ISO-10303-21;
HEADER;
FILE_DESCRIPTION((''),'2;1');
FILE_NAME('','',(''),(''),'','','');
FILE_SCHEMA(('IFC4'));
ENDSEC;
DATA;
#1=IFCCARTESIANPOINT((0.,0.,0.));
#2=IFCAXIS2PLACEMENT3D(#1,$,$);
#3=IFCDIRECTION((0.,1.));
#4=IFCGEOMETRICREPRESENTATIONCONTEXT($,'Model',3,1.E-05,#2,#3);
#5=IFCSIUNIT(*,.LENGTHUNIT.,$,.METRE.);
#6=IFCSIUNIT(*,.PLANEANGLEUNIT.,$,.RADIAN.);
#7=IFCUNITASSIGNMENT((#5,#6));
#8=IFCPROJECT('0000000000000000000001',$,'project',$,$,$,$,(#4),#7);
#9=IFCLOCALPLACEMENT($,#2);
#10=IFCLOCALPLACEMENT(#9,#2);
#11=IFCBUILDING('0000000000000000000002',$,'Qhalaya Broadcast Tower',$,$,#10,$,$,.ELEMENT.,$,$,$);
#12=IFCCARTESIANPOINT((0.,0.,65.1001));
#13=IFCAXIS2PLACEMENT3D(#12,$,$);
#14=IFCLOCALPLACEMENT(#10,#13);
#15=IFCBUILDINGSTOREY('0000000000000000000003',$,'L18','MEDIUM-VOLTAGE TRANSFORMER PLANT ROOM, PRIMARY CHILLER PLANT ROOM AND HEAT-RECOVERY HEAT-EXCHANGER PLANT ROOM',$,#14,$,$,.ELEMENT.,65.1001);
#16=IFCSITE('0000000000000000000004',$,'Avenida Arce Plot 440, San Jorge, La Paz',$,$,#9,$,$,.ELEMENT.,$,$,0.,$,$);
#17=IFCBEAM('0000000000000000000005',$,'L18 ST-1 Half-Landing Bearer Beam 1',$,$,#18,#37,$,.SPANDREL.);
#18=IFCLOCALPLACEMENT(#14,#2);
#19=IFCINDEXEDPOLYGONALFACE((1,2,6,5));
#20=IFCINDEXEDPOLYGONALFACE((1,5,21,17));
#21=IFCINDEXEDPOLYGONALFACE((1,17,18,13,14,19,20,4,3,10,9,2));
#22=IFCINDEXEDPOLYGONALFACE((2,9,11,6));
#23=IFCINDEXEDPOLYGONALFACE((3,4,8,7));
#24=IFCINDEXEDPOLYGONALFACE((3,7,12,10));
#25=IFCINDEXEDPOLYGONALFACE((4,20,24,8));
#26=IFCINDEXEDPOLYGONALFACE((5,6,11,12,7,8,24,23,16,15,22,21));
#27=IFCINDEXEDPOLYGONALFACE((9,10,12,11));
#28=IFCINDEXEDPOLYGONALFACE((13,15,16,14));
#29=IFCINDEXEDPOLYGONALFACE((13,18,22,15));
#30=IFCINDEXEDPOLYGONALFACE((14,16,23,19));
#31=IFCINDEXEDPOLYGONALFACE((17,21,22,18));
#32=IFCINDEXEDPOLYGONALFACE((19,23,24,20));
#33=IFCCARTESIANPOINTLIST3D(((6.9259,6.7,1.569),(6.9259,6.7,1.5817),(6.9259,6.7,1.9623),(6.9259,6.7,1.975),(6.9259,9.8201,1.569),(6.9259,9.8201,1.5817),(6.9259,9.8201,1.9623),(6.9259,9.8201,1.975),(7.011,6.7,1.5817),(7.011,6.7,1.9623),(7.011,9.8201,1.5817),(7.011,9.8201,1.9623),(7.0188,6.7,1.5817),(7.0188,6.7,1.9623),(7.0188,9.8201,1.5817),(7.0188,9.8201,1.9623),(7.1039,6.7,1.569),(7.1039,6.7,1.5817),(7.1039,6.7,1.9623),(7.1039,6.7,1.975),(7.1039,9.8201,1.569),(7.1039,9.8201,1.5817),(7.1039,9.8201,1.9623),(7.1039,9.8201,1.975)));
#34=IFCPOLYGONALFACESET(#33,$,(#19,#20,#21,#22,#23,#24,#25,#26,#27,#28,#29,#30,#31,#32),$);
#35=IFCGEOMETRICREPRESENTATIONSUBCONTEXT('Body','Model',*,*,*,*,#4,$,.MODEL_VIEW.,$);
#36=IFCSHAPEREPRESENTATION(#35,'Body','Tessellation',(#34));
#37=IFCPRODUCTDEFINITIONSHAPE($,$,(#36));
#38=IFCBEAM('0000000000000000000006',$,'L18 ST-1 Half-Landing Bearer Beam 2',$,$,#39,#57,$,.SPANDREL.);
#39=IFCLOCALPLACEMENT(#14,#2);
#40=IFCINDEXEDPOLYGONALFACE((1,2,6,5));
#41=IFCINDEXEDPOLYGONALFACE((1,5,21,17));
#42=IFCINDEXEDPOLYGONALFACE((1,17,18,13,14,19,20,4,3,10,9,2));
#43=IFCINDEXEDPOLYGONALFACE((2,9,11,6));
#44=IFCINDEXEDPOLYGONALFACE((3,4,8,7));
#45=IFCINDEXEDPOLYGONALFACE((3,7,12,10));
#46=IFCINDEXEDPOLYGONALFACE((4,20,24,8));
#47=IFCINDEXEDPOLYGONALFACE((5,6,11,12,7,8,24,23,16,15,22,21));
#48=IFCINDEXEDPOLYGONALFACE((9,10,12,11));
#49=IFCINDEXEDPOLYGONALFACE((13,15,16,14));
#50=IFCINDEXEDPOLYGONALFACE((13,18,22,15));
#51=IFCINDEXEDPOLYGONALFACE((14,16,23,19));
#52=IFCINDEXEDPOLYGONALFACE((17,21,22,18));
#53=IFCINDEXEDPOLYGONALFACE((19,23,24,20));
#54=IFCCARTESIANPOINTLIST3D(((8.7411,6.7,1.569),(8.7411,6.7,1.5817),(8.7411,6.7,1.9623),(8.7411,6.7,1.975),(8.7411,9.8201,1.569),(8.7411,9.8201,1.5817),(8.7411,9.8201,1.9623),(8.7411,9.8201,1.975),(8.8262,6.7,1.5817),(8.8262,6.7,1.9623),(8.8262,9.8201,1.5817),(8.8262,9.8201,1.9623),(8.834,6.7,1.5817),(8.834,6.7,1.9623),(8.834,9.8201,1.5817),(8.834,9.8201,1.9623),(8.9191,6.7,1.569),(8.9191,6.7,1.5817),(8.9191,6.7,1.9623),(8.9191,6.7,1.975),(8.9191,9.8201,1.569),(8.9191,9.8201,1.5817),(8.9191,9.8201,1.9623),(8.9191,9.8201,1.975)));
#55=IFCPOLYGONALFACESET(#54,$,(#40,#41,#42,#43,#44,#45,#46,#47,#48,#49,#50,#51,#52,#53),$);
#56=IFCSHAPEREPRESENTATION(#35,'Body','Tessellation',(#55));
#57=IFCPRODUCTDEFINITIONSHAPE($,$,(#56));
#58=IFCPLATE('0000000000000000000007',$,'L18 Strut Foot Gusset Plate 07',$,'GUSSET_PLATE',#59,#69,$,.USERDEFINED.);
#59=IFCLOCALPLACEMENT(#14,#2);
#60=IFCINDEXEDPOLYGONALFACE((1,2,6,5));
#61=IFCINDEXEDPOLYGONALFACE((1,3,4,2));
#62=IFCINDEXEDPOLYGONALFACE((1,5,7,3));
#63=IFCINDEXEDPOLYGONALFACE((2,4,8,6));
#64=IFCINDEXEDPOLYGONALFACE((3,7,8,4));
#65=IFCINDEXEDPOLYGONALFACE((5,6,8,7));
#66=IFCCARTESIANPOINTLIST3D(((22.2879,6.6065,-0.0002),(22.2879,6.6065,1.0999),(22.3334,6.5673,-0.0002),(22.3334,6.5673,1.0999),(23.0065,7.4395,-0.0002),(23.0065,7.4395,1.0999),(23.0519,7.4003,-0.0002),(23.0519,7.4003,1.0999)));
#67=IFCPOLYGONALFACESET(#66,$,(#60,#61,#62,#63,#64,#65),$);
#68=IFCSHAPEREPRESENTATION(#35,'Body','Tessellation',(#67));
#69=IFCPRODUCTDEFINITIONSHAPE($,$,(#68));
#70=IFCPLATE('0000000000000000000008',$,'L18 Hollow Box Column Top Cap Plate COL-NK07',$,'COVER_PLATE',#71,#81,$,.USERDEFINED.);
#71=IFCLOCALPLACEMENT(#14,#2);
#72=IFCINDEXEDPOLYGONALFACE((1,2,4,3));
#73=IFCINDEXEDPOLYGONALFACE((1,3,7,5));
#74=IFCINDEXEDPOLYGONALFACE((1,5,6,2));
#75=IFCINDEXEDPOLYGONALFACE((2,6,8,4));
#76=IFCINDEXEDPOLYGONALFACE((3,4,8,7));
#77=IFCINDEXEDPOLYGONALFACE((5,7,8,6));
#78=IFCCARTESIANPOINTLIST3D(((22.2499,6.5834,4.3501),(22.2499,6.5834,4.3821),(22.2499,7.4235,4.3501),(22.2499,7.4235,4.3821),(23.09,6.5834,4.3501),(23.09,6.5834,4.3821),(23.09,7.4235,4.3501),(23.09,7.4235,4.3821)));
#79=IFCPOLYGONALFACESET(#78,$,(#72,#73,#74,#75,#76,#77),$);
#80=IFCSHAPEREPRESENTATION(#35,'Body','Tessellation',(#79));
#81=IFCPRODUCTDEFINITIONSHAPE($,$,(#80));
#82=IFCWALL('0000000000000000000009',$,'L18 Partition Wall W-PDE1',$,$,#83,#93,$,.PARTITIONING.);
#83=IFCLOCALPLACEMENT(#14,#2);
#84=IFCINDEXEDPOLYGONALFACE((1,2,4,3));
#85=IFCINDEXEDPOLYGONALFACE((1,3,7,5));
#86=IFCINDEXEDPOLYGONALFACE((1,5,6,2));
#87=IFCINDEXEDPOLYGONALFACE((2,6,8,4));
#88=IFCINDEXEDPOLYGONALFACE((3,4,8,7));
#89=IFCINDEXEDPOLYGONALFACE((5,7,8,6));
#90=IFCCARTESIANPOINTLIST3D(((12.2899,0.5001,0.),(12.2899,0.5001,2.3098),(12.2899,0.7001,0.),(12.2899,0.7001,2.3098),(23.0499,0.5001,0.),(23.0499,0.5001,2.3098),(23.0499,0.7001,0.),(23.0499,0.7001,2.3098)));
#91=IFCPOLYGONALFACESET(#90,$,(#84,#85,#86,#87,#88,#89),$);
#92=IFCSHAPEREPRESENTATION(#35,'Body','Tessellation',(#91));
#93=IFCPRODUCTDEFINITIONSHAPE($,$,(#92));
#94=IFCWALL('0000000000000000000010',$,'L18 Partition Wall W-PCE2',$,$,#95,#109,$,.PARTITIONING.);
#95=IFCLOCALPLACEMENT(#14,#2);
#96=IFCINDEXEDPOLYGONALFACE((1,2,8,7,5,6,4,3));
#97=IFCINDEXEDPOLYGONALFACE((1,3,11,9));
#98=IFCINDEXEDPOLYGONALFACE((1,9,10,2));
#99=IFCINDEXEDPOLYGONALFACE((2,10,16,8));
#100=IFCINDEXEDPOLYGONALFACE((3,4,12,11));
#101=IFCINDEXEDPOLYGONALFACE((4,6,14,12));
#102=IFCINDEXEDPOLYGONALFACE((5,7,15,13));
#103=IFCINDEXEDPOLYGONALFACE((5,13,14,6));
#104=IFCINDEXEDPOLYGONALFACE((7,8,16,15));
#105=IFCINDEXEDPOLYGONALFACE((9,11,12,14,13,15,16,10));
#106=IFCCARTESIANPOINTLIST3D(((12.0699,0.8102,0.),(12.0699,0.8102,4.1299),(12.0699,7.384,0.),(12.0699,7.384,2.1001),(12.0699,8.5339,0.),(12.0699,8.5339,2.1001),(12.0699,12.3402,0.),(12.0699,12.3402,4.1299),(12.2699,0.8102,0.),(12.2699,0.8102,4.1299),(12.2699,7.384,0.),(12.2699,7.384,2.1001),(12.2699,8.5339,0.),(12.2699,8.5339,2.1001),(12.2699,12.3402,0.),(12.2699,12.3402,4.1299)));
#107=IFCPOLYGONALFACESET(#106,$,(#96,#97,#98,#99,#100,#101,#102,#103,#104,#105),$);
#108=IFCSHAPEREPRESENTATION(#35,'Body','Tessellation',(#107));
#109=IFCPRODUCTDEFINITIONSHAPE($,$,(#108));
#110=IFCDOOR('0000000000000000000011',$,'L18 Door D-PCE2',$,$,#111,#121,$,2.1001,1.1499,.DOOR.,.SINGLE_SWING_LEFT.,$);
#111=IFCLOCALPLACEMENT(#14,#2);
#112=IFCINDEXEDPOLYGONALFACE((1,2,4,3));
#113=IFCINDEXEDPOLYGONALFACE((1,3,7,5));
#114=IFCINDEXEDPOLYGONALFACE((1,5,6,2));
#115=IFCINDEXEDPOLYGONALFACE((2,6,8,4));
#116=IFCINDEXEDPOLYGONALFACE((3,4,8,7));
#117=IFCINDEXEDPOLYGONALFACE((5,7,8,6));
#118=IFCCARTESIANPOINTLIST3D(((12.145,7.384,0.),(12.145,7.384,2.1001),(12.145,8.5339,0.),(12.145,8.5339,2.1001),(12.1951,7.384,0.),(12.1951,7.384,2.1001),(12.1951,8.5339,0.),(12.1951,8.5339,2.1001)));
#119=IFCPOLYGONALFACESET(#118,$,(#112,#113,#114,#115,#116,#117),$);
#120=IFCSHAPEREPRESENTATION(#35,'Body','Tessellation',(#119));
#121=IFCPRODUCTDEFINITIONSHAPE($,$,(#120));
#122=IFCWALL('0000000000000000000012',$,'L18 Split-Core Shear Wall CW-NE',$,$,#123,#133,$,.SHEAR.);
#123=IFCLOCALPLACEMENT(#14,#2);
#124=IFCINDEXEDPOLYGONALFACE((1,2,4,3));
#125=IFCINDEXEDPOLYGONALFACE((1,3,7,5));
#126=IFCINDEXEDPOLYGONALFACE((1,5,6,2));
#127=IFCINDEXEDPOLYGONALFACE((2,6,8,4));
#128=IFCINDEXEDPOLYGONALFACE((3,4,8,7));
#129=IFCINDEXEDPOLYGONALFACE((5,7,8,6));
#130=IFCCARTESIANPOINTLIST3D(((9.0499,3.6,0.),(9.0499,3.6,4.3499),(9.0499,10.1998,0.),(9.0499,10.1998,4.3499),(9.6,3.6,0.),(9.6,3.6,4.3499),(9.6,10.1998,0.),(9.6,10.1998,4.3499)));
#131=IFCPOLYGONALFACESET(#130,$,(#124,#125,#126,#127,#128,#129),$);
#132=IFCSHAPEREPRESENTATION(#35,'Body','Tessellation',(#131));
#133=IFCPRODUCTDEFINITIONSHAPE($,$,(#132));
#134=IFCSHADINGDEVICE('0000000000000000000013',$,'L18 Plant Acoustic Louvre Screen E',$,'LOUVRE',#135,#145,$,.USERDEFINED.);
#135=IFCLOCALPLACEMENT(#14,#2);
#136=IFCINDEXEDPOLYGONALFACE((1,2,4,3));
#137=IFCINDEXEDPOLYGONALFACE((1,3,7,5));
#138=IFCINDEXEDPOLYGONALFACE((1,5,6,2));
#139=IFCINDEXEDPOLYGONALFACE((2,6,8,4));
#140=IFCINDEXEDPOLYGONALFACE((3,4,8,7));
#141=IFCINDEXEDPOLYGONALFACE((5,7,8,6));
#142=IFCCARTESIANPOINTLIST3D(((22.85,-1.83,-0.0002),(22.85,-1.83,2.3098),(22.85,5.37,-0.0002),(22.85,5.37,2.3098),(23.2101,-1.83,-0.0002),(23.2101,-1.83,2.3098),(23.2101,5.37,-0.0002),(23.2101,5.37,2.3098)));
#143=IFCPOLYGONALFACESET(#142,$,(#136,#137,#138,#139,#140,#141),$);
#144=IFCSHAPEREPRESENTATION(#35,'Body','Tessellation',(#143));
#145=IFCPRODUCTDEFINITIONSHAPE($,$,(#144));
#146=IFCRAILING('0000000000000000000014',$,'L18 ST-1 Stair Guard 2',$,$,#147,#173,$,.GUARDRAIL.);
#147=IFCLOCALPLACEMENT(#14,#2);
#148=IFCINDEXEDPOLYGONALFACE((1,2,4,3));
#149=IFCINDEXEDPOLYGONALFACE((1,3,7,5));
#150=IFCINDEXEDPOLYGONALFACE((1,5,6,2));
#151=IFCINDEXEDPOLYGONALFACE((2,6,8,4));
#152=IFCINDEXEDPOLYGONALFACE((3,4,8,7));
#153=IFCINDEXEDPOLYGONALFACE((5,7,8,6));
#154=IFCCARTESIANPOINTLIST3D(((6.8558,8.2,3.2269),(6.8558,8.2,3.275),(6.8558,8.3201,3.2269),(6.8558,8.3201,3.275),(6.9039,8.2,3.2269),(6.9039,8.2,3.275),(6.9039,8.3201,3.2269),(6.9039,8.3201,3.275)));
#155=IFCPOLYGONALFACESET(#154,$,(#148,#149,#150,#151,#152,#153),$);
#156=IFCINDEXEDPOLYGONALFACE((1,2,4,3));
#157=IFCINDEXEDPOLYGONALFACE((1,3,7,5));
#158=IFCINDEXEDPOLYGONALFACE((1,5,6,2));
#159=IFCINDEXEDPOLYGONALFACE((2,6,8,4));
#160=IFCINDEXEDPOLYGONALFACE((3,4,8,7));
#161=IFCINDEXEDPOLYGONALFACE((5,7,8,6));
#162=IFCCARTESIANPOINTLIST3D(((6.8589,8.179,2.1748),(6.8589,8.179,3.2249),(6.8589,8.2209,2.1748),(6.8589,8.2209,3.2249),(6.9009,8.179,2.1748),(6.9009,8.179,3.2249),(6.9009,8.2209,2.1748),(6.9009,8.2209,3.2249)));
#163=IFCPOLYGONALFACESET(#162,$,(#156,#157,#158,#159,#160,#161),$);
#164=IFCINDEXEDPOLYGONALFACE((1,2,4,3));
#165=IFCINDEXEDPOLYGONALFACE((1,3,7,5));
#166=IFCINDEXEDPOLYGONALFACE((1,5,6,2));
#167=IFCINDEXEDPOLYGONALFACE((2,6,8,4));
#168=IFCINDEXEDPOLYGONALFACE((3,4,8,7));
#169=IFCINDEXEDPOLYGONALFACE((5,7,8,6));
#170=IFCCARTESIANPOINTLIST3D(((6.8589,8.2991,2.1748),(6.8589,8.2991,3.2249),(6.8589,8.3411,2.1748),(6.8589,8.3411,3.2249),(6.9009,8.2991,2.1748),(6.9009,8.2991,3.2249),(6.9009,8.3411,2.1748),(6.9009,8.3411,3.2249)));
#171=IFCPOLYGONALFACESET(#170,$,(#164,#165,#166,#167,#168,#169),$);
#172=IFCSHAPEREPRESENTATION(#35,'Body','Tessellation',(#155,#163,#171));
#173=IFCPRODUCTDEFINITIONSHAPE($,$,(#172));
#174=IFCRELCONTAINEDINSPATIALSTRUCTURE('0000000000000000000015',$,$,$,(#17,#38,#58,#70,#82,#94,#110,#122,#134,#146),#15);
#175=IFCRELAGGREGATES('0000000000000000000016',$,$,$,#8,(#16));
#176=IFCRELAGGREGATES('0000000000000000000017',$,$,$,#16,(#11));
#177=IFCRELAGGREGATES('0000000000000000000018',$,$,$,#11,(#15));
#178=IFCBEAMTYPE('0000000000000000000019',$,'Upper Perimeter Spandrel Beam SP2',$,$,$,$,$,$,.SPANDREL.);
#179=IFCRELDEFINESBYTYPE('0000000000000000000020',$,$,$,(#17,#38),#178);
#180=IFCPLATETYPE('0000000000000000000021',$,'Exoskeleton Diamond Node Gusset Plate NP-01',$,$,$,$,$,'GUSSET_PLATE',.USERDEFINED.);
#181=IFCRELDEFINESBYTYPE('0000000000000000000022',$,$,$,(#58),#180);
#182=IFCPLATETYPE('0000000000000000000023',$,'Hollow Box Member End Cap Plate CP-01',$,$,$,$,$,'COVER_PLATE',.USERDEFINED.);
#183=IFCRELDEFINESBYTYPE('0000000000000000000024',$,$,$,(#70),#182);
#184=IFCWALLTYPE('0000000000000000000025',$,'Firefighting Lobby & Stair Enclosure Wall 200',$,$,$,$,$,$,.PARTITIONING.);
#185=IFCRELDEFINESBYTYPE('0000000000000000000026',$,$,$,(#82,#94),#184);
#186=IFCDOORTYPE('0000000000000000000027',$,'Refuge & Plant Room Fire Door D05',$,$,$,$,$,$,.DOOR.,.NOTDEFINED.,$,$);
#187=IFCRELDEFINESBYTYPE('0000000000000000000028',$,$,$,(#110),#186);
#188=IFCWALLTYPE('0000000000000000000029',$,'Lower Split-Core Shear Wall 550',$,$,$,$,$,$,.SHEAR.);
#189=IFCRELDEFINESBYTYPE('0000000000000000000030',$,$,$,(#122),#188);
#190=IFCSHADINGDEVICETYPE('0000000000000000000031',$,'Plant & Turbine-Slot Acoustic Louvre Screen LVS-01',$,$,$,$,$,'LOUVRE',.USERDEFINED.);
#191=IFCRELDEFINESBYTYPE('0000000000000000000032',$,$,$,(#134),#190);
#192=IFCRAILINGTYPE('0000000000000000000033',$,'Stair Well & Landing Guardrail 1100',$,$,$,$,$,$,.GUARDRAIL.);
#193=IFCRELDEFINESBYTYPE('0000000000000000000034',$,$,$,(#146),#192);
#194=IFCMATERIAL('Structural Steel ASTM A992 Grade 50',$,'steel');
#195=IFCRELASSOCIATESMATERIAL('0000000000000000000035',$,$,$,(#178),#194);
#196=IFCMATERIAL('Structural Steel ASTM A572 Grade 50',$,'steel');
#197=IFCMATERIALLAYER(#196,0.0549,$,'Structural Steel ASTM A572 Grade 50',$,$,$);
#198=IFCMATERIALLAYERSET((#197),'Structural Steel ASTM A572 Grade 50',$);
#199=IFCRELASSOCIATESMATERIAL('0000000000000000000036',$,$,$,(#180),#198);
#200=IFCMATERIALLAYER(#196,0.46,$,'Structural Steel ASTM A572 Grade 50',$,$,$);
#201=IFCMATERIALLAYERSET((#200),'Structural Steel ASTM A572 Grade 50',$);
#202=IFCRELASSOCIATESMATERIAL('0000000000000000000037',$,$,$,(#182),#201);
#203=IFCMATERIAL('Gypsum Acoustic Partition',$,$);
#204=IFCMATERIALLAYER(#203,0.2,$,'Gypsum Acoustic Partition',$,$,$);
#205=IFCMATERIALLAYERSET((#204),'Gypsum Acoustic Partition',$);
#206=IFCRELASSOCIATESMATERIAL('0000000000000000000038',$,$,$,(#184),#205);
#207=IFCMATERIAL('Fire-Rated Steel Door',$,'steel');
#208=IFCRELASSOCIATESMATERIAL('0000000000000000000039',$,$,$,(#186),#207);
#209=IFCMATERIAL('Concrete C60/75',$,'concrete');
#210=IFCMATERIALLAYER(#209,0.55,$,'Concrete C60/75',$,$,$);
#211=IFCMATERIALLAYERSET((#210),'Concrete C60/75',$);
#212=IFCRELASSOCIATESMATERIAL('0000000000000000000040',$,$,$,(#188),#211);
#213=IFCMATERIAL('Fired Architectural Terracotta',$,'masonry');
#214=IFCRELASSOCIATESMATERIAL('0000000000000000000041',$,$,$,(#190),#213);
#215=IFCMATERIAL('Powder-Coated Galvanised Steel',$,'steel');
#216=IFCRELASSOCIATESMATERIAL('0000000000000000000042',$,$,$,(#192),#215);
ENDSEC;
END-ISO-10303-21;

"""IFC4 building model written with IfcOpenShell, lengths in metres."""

from ifc_helpers import new_model, si_unit, direction, frame, frame_2d, origin, origin_2d, place, context, subcontext, project, spatial, rectangle, i_section, extrude, material, layer, layer_set, material_profile, profile_set, type_object, element, fill, save


model = new_model("IFC4")

# Units and contexts
model_context = context("Model", 3, precision=1e-05, world=origin(), true_north=direction((0.0, 1.0)))
body_context = subcontext(model_context, "Body", "Model", "MODEL_VIEW")
ifc_project = project(units=[si_unit("LENGTHUNIT", "METRE"), si_unit("PLANEANGLEUNIT", "RADIAN")], contexts=[model_context])

# Site, building, storey
site_placement = place(None, origin())
site = spatial("IfcSite", under=ifc_project, at=site_placement, Name="Avenida Arce Plot 440, San Jorge, La Paz", CompositionType="ELEMENT", RefElevation=0.0)
building_placement = place(site_placement, origin())
building = spatial("IfcBuilding", under=site, at=building_placement, Name="Qhalaya Broadcast Tower", CompositionType="ELEMENT")
storey_placement = place(building_placement, frame((0.0, 0.0, 65.1001)))
storey = spatial("IfcBuildingStorey", under=building, at=storey_placement, Name="L18", Description="MEDIUM-VOLTAGE TRANSFORMER PLANT ROOM, PRIMARY CHILLER PLANT ROOM AND HEAT-RECOVERY HEAT-EXCHANGER PLANT ROOM", CompositionType="ELEMENT", Elevation=65.1001)

# Shared definitions
ifc_material_1 = material(Name="Structural Steel ASTM A572 Grade 50", Category="steel")

# Beams
ifc_material_2 = material(Name="Structural Steel ASTM A992 Grade 50", Category="steel")
ifc_material_profile_1 = material_profile(ifc_material_2, i_section(OverallWidth=0.178, OverallDepth=0.406, WebThickness=0.0078, FlangeThickness=0.0127, at=origin_2d()), Name="W16X40")
ifc_profile_set_1 = profile_set([ifc_material_profile_1], Name="Structural Steel ASTM A992 Grade 50")
beam_type_1 = type_object("IfcBeamType", Name="Upper Perimeter Spandrel Beam SP2", PredefinedType="SPANDREL", material=ifc_profile_set_1)
for number, where, z_axis, x_axis, name in (
    (1, (7.0149, 6.7, 1.772), (0.0, 1.0, 0.0), (-1.0, 0.0, 0.0), "L18 ST-1 Half-Landing Bearer Beam 1"),
    (2, (8.8301, 6.7, 1.772), (0.0, 1.0, 0.0), (-1.0, 0.0, 0.0), "L18 ST-1 Half-Landing Bearer Beam 2"),
):
    element("IfcBeam", number, at=place(storey_placement, frame(where, z_axis=z_axis, x_axis=x_axis)), inside=storey, type_object=beam_type_1, Name=name, PredefinedType="SPANDREL", context=body_context, shape_type="SweptSolid", body=[
        extrude(i_section(OverallWidth=0.178, OverallDepth=0.406, WebThickness=0.0078, FlangeThickness=0.0127, at=origin_2d()), origin(), (0.0, 0.0, 1.0), 3.1201),
    ])

# Plates
ifc_layer_1 = layer(ifc_material_1, 0.0549, Name="Structural Steel ASTM A572 Grade 50")
ifc_layer_set_1 = layer_set([ifc_layer_1], Name="Structural Steel ASTM A572 Grade 50")
plate_type_1 = type_object("IfcPlateType", Name="Exoskeleton Diamond Node Gusset Plate NP-01", ElementType="GUSSET_PLATE", PredefinedType="USERDEFINED", material=ifc_layer_set_1)
plate_1_placement = place(storey_placement, frame((22.6699, 7.0034, -0.0002), z_axis=(0.0, 0.0, 1.0), x_axis=(0.653156, 0.757223, 0.0)))
element("IfcPlate", 3, at=plate_1_placement, inside=storey, type_object=plate_type_1, Name="L18 Strut Foot Gusset Plate 07", ObjectType="GUSSET_PLATE", PredefinedType="USERDEFINED", context=body_context, shape_type="SweptSolid", body=[
    extrude(rectangle(XDim=1.1001, YDim=0.0601, at=origin_2d()), origin(), (0.0, 0.0, 1.0), 1.1001),
])
ifc_layer_2 = layer(ifc_material_1, 0.46, Name="Structural Steel ASTM A572 Grade 50")
ifc_layer_set_2 = layer_set([ifc_layer_2], Name="Structural Steel ASTM A572 Grade 50")
plate_type_2 = type_object("IfcPlateType", Name="Hollow Box Member End Cap Plate CP-01", ElementType="COVER_PLATE", PredefinedType="USERDEFINED", material=ifc_layer_set_2)
plate_2_placement = place(storey_placement, frame((22.6699, 7.0034, 4.3501), z_axis=(0.0, 0.0, 1.0), x_axis=(0.0, 1.0, 0.0)))
element("IfcPlate", 4, at=plate_2_placement, inside=storey, type_object=plate_type_2, Name="L18 Hollow Box Column Top Cap Plate COL-NK07", ObjectType="COVER_PLATE", PredefinedType="USERDEFINED", context=body_context, shape_type="SweptSolid", body=[
    extrude(rectangle(XDim=0.8401, YDim=0.8401, at=origin_2d()), origin(), (0.0, 0.0, 1.0), 0.032),
])

# Wall
ifc_material_3 = material(Name="Gypsum Acoustic Partition")
ifc_layer_3 = layer(ifc_material_3, 0.2, Name="Gypsum Acoustic Partition")
ifc_layer_set_3 = layer_set([ifc_layer_3], Name="Gypsum Acoustic Partition")
wall_type_1 = type_object("IfcWallType", Name="Firefighting Lobby & Stair Enclosure Wall 200", PredefinedType="PARTITIONING", material=ifc_layer_set_3)
wall_1_placement = place(storey_placement, frame((12.29, 0.6001, 0.0), z_axis=(0.0, 0.0, 1.0), x_axis=(1.0, 0.0, 0.0)))
element("IfcWall", 5, at=wall_1_placement, inside=storey, type_object=wall_type_1, Name="L18 Partition Wall W-PDE1", PredefinedType="PARTITIONING", context=body_context, shape_type="SweptSolid", body=[
    extrude(rectangle(XDim=10.76, YDim=0.2, at=frame_2d((5.3799, 0.0))), origin(), (0.0, 0.0, 1.0), 2.3098),
])

# Wall, opening, door
wall_2_placement = place(storey_placement, frame((12.1699, 0.8101, 0.0), z_axis=(0.0, 0.0, 1.0), x_axis=(0.0, 1.0, 0.0)))
wall_2 = element("IfcWall", 6, at=wall_2_placement, inside=storey, type_object=wall_type_1, Name="L18 Partition Wall W-PCE2", PredefinedType="PARTITIONING", context=body_context, shape_type="SweptSolid", body=[
    extrude(rectangle(XDim=11.53, YDim=0.2, at=frame_2d((5.7651, 0.0))), origin(), (0.0, 0.0, 1.0), 4.1299),
])
opening_placement = place(wall_2_placement, frame((6.574, 0.0, 0.0)))
opening = element("IfcOpeningElement", 7, at=opening_placement, cuts=wall_2, PredefinedType="OPENING", context=body_context, shape_type="SweptSolid", body=[
    extrude(rectangle(XDim=1.1499, YDim=2.1001, at=frame_2d((0.575, 1.05))), frame((0.0, 0.1121, 0.0), z_axis=(0.0, -1.0, 0.0), x_axis=(1.0, 0.0, 0.0)), (0.0, 0.0, 1.0), 0.2239),
])
ifc_material_4 = material(Name="Fire-Rated Steel Door", Category="steel")
door_type = type_object("IfcDoorType", Name="Refuge & Plant Room Fire Door D05", OperationType="NOTDEFINED", PredefinedType="DOOR", material=ifc_material_4)
door_placement = place(opening_placement, origin())
door = element("IfcDoor", 8, at=door_placement, inside=storey, type_object=door_type, Name="L18 Door D-PCE2", OperationType="SINGLE_SWING_LEFT", OverallHeight=2.1001, OverallWidth=1.1499, PredefinedType="DOOR", context=body_context, shape_type="SweptSolid", body=[
    extrude(rectangle(XDim=1.1499, YDim=2.1001, at=frame_2d((0.575, 1.05))), frame((0.0, 0.0249, 0.0), z_axis=(0.0, -1.0, 0.0), x_axis=(1.0, 0.0, 0.0)), (0.0, 0.0, 1.0), 0.05),
])
fill(opening, door)

# Wall
ifc_material_5 = material(Name="Concrete C60/75", Category="concrete")
ifc_layer_4 = layer(ifc_material_5, 0.55, Name="Concrete C60/75")
ifc_layer_set_4 = layer_set([ifc_layer_4], Name="Concrete C60/75")
wall_type_2 = type_object("IfcWallType", Name="Lower Split-Core Shear Wall 550", PredefinedType="SHEAR", material=ifc_layer_set_4)
wall_3_placement = place(storey_placement, frame((9.325, 3.6001, 0.0), z_axis=(0.0, 0.0, 1.0), x_axis=(0.0, 1.0, 0.0)))
element("IfcWall", 9, at=wall_3_placement, inside=storey, type_object=wall_type_2, Name="L18 Split-Core Shear Wall CW-NE", PredefinedType="SHEAR", context=body_context, shape_type="SweptSolid", body=[
    extrude(rectangle(XDim=6.5999, YDim=0.55, at=frame_2d((3.2998, 0.0))), origin(), (0.0, 0.0, 1.0), 4.3499),
])

# Shading device
ifc_material_6 = material(Name="Fired Architectural Terracotta", Category="masonry")
shading_device_type = type_object("IfcShadingDeviceType", Name="Plant & Turbine-Slot Acoustic Louvre Screen LVS-01", ElementType="LOUVRE", PredefinedType="USERDEFINED", material=ifc_material_6)
shading_device_placement = place(storey_placement, frame((23.03, 1.77, -0.0002), z_axis=(0.0, 0.0, 1.0), x_axis=(0.0, -1.0, 0.0)))
element("IfcShadingDevice", 10, at=shading_device_placement, inside=storey, type_object=shading_device_type, Name="L18 Plant Acoustic Louvre Screen E", ObjectType="LOUVRE", PredefinedType="USERDEFINED", context=body_context, shape_type="SweptSolid", body=[
    extrude(rectangle(XDim=7.2, YDim=0.3601, at=origin_2d()), origin(), (0.0, 0.0, 1.0), 2.3101),
])

# Railing
ifc_material_7 = material(Name="Powder-Coated Galvanised Steel", Category="steel")
railing_type = type_object("IfcRailingType", Name="Stair Well & Landing Guardrail 1100", PredefinedType="GUARDRAIL", material=ifc_material_7)
railing_placement = place(storey_placement, frame((6.8799, 8.2, 2.1748)))
element("IfcRailing", 11, at=railing_placement, inside=storey, type_object=railing_type, Name="L18 ST-1 Stair Guard 2", PredefinedType="GUARDRAIL", context=body_context, shape_type="SweptSolid", body=[
    extrude(rectangle(XDim=0.0481, YDim=0.0481, at=origin_2d()), frame((0.0, 0.0, 1.0762), z_axis=(0.0, 1.0, 0.0), x_axis=(-1.0, 0.0, 0.0)), (0.0, 0.0, 1.0), 0.1201),
    extrude(rectangle(XDim=0.042, YDim=0.042, at=origin_2d()), origin(), (0.0, 0.0, 1.0), 1.05),
    extrude(rectangle(XDim=0.042, YDim=0.042, at=origin_2d()), frame((0.0, 0.1201, 0.0)), (0.0, 0.0, 1.0), 1.05),
])

save(model, "model.ifc")
